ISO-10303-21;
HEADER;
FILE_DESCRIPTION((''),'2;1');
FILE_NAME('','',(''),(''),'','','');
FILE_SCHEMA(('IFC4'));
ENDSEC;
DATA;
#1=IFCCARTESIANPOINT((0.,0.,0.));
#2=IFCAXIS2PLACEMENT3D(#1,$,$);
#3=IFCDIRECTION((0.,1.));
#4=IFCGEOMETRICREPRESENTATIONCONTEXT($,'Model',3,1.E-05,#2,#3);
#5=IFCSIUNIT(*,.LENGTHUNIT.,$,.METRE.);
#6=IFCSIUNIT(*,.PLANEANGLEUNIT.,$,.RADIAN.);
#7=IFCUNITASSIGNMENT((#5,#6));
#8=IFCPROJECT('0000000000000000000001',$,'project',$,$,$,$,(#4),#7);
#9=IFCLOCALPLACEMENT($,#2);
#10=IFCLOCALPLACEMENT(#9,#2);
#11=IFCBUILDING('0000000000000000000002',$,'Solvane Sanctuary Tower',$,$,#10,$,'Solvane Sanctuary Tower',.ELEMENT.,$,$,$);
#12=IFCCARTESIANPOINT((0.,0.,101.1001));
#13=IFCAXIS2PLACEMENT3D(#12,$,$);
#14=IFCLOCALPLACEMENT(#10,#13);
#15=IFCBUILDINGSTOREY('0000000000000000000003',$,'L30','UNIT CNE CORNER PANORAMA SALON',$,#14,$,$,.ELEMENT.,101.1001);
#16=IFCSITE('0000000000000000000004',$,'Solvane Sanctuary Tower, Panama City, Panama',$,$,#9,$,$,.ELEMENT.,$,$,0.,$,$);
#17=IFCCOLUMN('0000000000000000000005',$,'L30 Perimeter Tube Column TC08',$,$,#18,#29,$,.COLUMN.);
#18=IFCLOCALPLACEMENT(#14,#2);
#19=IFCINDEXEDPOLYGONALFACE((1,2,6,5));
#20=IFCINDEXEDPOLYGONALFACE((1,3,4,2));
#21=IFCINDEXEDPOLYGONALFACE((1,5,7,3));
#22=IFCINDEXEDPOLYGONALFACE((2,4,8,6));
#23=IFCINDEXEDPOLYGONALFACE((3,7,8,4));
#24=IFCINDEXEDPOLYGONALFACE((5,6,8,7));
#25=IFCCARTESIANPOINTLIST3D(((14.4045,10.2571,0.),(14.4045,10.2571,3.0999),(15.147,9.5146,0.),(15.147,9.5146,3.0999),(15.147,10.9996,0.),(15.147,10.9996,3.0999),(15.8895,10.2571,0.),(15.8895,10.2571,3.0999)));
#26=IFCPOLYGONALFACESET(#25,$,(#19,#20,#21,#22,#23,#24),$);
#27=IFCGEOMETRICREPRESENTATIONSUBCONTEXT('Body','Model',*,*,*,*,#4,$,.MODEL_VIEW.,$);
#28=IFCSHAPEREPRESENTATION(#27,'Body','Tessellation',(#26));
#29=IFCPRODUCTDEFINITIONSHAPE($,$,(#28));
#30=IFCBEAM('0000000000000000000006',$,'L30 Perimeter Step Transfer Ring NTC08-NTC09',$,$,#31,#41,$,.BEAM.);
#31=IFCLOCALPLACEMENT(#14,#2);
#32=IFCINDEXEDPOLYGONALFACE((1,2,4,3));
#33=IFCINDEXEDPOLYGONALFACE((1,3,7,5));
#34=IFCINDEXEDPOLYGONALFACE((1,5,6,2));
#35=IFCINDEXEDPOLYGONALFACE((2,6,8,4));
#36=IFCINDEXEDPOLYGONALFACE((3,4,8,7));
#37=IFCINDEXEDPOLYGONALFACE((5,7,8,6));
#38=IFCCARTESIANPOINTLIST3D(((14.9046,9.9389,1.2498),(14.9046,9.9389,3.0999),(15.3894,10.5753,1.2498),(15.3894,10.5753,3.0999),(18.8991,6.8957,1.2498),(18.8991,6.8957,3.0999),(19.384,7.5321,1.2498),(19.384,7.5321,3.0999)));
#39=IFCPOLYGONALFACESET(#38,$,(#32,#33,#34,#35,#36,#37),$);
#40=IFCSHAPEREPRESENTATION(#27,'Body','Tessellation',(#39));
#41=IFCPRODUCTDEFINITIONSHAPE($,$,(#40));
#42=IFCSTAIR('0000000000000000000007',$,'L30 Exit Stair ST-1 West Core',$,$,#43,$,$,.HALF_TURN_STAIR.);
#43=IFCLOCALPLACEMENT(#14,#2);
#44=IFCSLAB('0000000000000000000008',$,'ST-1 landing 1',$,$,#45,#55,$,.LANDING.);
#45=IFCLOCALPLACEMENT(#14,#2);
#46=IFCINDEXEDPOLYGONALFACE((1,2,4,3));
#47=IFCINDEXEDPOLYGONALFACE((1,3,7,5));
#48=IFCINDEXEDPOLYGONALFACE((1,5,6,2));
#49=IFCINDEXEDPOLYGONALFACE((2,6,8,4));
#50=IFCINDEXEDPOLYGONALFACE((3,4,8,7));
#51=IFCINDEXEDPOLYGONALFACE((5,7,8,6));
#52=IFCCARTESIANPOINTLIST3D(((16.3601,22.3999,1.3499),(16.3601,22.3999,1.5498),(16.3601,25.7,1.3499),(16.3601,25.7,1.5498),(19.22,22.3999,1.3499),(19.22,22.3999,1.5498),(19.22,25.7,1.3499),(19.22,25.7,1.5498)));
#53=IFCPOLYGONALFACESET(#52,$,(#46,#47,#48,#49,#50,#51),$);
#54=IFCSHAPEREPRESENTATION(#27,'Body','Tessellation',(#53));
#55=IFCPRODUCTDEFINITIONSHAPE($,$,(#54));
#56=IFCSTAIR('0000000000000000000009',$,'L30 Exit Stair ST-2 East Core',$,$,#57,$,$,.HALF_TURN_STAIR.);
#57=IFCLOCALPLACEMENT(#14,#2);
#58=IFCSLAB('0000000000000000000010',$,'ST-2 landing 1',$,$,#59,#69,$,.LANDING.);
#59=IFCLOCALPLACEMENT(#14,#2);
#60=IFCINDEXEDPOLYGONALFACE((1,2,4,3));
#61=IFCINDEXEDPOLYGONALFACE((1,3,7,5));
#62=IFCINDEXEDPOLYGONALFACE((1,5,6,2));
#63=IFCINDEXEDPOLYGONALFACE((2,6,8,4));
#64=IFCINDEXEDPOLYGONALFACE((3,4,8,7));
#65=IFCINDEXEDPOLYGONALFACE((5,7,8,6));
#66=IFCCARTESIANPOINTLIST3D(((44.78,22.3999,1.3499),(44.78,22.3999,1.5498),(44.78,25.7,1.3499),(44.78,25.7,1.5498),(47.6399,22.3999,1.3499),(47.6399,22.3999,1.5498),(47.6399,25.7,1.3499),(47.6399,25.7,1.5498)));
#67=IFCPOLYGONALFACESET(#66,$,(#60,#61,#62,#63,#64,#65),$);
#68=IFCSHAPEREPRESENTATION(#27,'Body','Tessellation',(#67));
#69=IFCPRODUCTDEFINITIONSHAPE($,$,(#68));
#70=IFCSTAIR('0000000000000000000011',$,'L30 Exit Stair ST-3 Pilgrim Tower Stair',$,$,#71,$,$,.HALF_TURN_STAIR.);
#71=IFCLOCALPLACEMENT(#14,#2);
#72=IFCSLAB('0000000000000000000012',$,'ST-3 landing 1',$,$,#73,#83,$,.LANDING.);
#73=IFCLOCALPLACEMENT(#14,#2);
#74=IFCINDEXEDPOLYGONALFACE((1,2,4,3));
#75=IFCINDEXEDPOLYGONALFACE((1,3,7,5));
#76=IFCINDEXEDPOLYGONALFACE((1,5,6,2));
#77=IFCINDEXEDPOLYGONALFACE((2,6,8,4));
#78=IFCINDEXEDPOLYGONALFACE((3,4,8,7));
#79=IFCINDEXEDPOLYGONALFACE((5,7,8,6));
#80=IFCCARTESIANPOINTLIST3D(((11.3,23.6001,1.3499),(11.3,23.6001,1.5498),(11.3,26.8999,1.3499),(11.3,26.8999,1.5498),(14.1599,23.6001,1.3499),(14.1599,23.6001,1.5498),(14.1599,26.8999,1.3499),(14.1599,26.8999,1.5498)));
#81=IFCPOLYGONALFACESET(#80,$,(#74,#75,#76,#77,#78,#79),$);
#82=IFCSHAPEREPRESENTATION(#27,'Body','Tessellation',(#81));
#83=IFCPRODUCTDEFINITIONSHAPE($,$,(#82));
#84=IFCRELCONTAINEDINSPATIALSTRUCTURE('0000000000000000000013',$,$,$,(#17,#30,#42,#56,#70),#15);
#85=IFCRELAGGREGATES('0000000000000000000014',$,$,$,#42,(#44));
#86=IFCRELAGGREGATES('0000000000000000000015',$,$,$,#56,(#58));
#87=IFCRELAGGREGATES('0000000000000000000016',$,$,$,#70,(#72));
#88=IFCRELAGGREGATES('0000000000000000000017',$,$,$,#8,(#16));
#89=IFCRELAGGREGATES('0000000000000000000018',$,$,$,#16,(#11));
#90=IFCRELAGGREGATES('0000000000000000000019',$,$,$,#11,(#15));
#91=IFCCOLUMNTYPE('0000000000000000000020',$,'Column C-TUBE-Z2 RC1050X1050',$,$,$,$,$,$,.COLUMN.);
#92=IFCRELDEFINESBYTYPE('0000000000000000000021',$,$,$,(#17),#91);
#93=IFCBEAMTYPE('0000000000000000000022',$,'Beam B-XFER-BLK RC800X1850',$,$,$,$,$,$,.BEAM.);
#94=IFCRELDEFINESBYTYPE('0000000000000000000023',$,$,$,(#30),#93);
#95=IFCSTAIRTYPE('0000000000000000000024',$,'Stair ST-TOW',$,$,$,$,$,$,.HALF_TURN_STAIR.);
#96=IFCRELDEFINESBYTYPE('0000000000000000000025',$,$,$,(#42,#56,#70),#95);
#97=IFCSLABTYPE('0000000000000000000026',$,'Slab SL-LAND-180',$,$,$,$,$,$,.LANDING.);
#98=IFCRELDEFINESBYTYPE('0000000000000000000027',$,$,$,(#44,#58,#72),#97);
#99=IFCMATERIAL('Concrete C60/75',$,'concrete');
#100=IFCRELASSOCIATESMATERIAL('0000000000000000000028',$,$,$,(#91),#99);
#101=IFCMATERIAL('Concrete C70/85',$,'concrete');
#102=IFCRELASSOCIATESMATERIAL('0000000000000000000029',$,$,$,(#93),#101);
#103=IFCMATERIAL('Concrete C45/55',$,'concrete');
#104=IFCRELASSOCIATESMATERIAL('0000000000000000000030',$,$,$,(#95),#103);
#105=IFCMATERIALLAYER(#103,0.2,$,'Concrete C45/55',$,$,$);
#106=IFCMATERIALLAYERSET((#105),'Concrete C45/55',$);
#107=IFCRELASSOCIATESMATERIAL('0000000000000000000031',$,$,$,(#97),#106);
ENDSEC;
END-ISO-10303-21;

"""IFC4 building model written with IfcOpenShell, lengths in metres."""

from ifc_helpers import new_model, si_unit, direction, frame, origin, origin_2d, place, context, subcontext, project, spatial, polyline, rectangle, outline, extrude, material, layer, layer_set, material_profile, profile_set, type_object, element, aggregate, save


model = new_model("IFC4")

# Units and contexts
model_context = context("Model", 3, precision=1e-05, world=origin(), true_north=direction((0.0, 1.0)))
body_context = subcontext(model_context, "Body", "Model", "MODEL_VIEW")
ifc_project = project(units=[si_unit("LENGTHUNIT", "METRE"), si_unit("PLANEANGLEUNIT", "RADIAN")], contexts=[model_context])

# Site, building, storey
site_placement = place(None, origin())
site = spatial("IfcSite", under=ifc_project, at=site_placement, Name="Solvane Sanctuary Tower, Panama City, Panama", CompositionType="ELEMENT", RefElevation=0.0)
building_placement = place(site_placement, origin())
building = spatial("IfcBuilding", under=site, at=building_placement, Name="Solvane Sanctuary Tower", LongName="Solvane Sanctuary Tower", CompositionType="ELEMENT")
storey_placement = place(building_placement, frame((0.0, 0.0, 101.1001)))
storey = spatial("IfcBuildingStorey", under=building, at=storey_placement, Name="L30", Description="UNIT CNE CORNER PANORAMA SALON", CompositionType="ELEMENT", Elevation=101.1001)

# Column
ifc_material_1 = material(Name="Concrete C60/75", Category="concrete")
ifc_material_profile_1 = material_profile(ifc_material_1, rectangle(XDim=1.05, YDim=1.05, at=origin_2d()), Name="RC1050X1050")
ifc_profile_set_1 = profile_set([ifc_material_profile_1], Name="Concrete C60/75")
column_type = type_object("IfcColumnType", Name="Column C-TUBE-Z2 RC1050X1050", PredefinedType="COLUMN", material=ifc_profile_set_1)
column_placement = place(storey_placement, frame((15.147, 10.2571, 0.0), z_axis=(0.0, 0.0, 1.0), x_axis=(-0.707107, -0.707107, 0.0)))
element("IfcColumn", 1, at=column_placement, inside=storey, type_object=column_type, Name="L30 Perimeter Tube Column TC08", PredefinedType="COLUMN", context=body_context, shape_type="SweptSolid", body=[
    extrude(rectangle(XDim=1.05, YDim=1.05, at=origin_2d()), origin(), (0.0, 0.0, 1.0), 3.0999),
])

# Beam
ifc_material_2 = material(Name="Concrete C70/85", Category="concrete")
ifc_material_profile_2 = material_profile(ifc_material_2, rectangle(XDim=0.8, YDim=1.8501, at=origin_2d()), Name="RC800X1850")
ifc_profile_set_2 = profile_set([ifc_material_profile_2], Name="Concrete C70/85")
beam_type = type_object("IfcBeamType", Name="Beam B-XFER-BLK RC800X1850", PredefinedType="BEAM", material=ifc_profile_set_2)
beam_placement = place(storey_placement, frame((15.147, 10.2571, 2.1748), z_axis=(0.795462, -0.606004, 0.0), x_axis=(0.606004, 0.795462, 0.0)))
element("IfcBeam", 2, at=beam_placement, inside=storey, type_object=beam_type, Name="L30 Perimeter Step Transfer Ring NTC08-NTC09", PredefinedType="BEAM", context=body_context, shape_type="SweptSolid", body=[
    extrude(rectangle(XDim=0.8, YDim=1.8501, at=origin_2d()), origin(), (0.0, 0.0, 1.0), 5.0217),
])

# Stairs, slabs
ifc_material_3 = material(Name="Concrete C45/55", Category="concrete")
stair_type = type_object("IfcStairType", Name="Stair ST-TOW", PredefinedType="HALF_TURN_STAIR", material=ifc_material_3)
stair_1_placement = place(storey_placement, origin())
stair_1 = element("IfcStair", 3, at=stair_1_placement, inside=storey, type_object=stair_type, Name="L30 Exit Stair ST-1 West Core", PredefinedType="HALF_TURN_STAIR")
ifc_layer_1 = layer(ifc_material_3, 0.2, Name="Concrete C45/55")
ifc_layer_set_1 = layer_set([ifc_layer_1], Name="Concrete C45/55")
slab_type_1 = type_object("IfcSlabType", Name="Slab SL-LAND-180", PredefinedType="LANDING", material=ifc_layer_set_1)
slab_1_placement = place(storey_placement, frame((0.0, 0.0, 1.3499)))
slab_1 = element("IfcSlab", 4, at=slab_1_placement, type_object=slab_type_1, Name="ST-1 landing 1", PredefinedType="LANDING", context=body_context, shape_type="SweptSolid", body=[
    extrude(outline(polyline([(19.22, 22.3999), (19.22, 25.7), (16.3601, 25.7), (16.3601, 22.3999), (19.22, 22.3999)])), origin(), (0.0, 0.0, 1.0), 0.2),
])
aggregate(stair_1, [slab_1])
stair_2_placement = place(storey_placement, origin())
stair_2 = element("IfcStair", 5, at=stair_2_placement, inside=storey, type_object=stair_type, Name="L30 Exit Stair ST-2 East Core", PredefinedType="HALF_TURN_STAIR")
slab_2_placement = place(storey_placement, frame((0.0, 0.0, 1.3499)))
slab_2 = element("IfcSlab", 6, at=slab_2_placement, type_object=slab_type_1, Name="ST-2 landing 1", PredefinedType="LANDING", context=body_context, shape_type="SweptSolid", body=[
    extrude(outline(polyline([(47.6399, 22.3999), (47.6399, 25.7), (44.78, 25.7), (44.78, 22.3999), (47.6399, 22.3999)])), origin(), (0.0, 0.0, 1.0), 0.2),
])
aggregate(stair_2, [slab_2])
stair_3_placement = place(storey_placement, origin())
stair_3 = element("IfcStair", 7, at=stair_3_placement, inside=storey, type_object=stair_type, Name="L30 Exit Stair ST-3 Pilgrim Tower Stair", PredefinedType="HALF_TURN_STAIR")
slab_3_placement = place(storey_placement, frame((0.0, 0.0, 1.3499)))
slab_3 = element("IfcSlab", 8, at=slab_3_placement, type_object=slab_type_1, Name="ST-3 landing 1", PredefinedType="LANDING", context=body_context, shape_type="SweptSolid", body=[
    extrude(outline(polyline([(14.1599, 23.6001), (14.1599, 26.8999), (11.3, 26.8999), (11.3, 23.6001), (14.1599, 23.6001)])), origin(), (0.0, 0.0, 1.0), 0.2),
])
aggregate(stair_3, [slab_3])

save(model, "model.ifc")
